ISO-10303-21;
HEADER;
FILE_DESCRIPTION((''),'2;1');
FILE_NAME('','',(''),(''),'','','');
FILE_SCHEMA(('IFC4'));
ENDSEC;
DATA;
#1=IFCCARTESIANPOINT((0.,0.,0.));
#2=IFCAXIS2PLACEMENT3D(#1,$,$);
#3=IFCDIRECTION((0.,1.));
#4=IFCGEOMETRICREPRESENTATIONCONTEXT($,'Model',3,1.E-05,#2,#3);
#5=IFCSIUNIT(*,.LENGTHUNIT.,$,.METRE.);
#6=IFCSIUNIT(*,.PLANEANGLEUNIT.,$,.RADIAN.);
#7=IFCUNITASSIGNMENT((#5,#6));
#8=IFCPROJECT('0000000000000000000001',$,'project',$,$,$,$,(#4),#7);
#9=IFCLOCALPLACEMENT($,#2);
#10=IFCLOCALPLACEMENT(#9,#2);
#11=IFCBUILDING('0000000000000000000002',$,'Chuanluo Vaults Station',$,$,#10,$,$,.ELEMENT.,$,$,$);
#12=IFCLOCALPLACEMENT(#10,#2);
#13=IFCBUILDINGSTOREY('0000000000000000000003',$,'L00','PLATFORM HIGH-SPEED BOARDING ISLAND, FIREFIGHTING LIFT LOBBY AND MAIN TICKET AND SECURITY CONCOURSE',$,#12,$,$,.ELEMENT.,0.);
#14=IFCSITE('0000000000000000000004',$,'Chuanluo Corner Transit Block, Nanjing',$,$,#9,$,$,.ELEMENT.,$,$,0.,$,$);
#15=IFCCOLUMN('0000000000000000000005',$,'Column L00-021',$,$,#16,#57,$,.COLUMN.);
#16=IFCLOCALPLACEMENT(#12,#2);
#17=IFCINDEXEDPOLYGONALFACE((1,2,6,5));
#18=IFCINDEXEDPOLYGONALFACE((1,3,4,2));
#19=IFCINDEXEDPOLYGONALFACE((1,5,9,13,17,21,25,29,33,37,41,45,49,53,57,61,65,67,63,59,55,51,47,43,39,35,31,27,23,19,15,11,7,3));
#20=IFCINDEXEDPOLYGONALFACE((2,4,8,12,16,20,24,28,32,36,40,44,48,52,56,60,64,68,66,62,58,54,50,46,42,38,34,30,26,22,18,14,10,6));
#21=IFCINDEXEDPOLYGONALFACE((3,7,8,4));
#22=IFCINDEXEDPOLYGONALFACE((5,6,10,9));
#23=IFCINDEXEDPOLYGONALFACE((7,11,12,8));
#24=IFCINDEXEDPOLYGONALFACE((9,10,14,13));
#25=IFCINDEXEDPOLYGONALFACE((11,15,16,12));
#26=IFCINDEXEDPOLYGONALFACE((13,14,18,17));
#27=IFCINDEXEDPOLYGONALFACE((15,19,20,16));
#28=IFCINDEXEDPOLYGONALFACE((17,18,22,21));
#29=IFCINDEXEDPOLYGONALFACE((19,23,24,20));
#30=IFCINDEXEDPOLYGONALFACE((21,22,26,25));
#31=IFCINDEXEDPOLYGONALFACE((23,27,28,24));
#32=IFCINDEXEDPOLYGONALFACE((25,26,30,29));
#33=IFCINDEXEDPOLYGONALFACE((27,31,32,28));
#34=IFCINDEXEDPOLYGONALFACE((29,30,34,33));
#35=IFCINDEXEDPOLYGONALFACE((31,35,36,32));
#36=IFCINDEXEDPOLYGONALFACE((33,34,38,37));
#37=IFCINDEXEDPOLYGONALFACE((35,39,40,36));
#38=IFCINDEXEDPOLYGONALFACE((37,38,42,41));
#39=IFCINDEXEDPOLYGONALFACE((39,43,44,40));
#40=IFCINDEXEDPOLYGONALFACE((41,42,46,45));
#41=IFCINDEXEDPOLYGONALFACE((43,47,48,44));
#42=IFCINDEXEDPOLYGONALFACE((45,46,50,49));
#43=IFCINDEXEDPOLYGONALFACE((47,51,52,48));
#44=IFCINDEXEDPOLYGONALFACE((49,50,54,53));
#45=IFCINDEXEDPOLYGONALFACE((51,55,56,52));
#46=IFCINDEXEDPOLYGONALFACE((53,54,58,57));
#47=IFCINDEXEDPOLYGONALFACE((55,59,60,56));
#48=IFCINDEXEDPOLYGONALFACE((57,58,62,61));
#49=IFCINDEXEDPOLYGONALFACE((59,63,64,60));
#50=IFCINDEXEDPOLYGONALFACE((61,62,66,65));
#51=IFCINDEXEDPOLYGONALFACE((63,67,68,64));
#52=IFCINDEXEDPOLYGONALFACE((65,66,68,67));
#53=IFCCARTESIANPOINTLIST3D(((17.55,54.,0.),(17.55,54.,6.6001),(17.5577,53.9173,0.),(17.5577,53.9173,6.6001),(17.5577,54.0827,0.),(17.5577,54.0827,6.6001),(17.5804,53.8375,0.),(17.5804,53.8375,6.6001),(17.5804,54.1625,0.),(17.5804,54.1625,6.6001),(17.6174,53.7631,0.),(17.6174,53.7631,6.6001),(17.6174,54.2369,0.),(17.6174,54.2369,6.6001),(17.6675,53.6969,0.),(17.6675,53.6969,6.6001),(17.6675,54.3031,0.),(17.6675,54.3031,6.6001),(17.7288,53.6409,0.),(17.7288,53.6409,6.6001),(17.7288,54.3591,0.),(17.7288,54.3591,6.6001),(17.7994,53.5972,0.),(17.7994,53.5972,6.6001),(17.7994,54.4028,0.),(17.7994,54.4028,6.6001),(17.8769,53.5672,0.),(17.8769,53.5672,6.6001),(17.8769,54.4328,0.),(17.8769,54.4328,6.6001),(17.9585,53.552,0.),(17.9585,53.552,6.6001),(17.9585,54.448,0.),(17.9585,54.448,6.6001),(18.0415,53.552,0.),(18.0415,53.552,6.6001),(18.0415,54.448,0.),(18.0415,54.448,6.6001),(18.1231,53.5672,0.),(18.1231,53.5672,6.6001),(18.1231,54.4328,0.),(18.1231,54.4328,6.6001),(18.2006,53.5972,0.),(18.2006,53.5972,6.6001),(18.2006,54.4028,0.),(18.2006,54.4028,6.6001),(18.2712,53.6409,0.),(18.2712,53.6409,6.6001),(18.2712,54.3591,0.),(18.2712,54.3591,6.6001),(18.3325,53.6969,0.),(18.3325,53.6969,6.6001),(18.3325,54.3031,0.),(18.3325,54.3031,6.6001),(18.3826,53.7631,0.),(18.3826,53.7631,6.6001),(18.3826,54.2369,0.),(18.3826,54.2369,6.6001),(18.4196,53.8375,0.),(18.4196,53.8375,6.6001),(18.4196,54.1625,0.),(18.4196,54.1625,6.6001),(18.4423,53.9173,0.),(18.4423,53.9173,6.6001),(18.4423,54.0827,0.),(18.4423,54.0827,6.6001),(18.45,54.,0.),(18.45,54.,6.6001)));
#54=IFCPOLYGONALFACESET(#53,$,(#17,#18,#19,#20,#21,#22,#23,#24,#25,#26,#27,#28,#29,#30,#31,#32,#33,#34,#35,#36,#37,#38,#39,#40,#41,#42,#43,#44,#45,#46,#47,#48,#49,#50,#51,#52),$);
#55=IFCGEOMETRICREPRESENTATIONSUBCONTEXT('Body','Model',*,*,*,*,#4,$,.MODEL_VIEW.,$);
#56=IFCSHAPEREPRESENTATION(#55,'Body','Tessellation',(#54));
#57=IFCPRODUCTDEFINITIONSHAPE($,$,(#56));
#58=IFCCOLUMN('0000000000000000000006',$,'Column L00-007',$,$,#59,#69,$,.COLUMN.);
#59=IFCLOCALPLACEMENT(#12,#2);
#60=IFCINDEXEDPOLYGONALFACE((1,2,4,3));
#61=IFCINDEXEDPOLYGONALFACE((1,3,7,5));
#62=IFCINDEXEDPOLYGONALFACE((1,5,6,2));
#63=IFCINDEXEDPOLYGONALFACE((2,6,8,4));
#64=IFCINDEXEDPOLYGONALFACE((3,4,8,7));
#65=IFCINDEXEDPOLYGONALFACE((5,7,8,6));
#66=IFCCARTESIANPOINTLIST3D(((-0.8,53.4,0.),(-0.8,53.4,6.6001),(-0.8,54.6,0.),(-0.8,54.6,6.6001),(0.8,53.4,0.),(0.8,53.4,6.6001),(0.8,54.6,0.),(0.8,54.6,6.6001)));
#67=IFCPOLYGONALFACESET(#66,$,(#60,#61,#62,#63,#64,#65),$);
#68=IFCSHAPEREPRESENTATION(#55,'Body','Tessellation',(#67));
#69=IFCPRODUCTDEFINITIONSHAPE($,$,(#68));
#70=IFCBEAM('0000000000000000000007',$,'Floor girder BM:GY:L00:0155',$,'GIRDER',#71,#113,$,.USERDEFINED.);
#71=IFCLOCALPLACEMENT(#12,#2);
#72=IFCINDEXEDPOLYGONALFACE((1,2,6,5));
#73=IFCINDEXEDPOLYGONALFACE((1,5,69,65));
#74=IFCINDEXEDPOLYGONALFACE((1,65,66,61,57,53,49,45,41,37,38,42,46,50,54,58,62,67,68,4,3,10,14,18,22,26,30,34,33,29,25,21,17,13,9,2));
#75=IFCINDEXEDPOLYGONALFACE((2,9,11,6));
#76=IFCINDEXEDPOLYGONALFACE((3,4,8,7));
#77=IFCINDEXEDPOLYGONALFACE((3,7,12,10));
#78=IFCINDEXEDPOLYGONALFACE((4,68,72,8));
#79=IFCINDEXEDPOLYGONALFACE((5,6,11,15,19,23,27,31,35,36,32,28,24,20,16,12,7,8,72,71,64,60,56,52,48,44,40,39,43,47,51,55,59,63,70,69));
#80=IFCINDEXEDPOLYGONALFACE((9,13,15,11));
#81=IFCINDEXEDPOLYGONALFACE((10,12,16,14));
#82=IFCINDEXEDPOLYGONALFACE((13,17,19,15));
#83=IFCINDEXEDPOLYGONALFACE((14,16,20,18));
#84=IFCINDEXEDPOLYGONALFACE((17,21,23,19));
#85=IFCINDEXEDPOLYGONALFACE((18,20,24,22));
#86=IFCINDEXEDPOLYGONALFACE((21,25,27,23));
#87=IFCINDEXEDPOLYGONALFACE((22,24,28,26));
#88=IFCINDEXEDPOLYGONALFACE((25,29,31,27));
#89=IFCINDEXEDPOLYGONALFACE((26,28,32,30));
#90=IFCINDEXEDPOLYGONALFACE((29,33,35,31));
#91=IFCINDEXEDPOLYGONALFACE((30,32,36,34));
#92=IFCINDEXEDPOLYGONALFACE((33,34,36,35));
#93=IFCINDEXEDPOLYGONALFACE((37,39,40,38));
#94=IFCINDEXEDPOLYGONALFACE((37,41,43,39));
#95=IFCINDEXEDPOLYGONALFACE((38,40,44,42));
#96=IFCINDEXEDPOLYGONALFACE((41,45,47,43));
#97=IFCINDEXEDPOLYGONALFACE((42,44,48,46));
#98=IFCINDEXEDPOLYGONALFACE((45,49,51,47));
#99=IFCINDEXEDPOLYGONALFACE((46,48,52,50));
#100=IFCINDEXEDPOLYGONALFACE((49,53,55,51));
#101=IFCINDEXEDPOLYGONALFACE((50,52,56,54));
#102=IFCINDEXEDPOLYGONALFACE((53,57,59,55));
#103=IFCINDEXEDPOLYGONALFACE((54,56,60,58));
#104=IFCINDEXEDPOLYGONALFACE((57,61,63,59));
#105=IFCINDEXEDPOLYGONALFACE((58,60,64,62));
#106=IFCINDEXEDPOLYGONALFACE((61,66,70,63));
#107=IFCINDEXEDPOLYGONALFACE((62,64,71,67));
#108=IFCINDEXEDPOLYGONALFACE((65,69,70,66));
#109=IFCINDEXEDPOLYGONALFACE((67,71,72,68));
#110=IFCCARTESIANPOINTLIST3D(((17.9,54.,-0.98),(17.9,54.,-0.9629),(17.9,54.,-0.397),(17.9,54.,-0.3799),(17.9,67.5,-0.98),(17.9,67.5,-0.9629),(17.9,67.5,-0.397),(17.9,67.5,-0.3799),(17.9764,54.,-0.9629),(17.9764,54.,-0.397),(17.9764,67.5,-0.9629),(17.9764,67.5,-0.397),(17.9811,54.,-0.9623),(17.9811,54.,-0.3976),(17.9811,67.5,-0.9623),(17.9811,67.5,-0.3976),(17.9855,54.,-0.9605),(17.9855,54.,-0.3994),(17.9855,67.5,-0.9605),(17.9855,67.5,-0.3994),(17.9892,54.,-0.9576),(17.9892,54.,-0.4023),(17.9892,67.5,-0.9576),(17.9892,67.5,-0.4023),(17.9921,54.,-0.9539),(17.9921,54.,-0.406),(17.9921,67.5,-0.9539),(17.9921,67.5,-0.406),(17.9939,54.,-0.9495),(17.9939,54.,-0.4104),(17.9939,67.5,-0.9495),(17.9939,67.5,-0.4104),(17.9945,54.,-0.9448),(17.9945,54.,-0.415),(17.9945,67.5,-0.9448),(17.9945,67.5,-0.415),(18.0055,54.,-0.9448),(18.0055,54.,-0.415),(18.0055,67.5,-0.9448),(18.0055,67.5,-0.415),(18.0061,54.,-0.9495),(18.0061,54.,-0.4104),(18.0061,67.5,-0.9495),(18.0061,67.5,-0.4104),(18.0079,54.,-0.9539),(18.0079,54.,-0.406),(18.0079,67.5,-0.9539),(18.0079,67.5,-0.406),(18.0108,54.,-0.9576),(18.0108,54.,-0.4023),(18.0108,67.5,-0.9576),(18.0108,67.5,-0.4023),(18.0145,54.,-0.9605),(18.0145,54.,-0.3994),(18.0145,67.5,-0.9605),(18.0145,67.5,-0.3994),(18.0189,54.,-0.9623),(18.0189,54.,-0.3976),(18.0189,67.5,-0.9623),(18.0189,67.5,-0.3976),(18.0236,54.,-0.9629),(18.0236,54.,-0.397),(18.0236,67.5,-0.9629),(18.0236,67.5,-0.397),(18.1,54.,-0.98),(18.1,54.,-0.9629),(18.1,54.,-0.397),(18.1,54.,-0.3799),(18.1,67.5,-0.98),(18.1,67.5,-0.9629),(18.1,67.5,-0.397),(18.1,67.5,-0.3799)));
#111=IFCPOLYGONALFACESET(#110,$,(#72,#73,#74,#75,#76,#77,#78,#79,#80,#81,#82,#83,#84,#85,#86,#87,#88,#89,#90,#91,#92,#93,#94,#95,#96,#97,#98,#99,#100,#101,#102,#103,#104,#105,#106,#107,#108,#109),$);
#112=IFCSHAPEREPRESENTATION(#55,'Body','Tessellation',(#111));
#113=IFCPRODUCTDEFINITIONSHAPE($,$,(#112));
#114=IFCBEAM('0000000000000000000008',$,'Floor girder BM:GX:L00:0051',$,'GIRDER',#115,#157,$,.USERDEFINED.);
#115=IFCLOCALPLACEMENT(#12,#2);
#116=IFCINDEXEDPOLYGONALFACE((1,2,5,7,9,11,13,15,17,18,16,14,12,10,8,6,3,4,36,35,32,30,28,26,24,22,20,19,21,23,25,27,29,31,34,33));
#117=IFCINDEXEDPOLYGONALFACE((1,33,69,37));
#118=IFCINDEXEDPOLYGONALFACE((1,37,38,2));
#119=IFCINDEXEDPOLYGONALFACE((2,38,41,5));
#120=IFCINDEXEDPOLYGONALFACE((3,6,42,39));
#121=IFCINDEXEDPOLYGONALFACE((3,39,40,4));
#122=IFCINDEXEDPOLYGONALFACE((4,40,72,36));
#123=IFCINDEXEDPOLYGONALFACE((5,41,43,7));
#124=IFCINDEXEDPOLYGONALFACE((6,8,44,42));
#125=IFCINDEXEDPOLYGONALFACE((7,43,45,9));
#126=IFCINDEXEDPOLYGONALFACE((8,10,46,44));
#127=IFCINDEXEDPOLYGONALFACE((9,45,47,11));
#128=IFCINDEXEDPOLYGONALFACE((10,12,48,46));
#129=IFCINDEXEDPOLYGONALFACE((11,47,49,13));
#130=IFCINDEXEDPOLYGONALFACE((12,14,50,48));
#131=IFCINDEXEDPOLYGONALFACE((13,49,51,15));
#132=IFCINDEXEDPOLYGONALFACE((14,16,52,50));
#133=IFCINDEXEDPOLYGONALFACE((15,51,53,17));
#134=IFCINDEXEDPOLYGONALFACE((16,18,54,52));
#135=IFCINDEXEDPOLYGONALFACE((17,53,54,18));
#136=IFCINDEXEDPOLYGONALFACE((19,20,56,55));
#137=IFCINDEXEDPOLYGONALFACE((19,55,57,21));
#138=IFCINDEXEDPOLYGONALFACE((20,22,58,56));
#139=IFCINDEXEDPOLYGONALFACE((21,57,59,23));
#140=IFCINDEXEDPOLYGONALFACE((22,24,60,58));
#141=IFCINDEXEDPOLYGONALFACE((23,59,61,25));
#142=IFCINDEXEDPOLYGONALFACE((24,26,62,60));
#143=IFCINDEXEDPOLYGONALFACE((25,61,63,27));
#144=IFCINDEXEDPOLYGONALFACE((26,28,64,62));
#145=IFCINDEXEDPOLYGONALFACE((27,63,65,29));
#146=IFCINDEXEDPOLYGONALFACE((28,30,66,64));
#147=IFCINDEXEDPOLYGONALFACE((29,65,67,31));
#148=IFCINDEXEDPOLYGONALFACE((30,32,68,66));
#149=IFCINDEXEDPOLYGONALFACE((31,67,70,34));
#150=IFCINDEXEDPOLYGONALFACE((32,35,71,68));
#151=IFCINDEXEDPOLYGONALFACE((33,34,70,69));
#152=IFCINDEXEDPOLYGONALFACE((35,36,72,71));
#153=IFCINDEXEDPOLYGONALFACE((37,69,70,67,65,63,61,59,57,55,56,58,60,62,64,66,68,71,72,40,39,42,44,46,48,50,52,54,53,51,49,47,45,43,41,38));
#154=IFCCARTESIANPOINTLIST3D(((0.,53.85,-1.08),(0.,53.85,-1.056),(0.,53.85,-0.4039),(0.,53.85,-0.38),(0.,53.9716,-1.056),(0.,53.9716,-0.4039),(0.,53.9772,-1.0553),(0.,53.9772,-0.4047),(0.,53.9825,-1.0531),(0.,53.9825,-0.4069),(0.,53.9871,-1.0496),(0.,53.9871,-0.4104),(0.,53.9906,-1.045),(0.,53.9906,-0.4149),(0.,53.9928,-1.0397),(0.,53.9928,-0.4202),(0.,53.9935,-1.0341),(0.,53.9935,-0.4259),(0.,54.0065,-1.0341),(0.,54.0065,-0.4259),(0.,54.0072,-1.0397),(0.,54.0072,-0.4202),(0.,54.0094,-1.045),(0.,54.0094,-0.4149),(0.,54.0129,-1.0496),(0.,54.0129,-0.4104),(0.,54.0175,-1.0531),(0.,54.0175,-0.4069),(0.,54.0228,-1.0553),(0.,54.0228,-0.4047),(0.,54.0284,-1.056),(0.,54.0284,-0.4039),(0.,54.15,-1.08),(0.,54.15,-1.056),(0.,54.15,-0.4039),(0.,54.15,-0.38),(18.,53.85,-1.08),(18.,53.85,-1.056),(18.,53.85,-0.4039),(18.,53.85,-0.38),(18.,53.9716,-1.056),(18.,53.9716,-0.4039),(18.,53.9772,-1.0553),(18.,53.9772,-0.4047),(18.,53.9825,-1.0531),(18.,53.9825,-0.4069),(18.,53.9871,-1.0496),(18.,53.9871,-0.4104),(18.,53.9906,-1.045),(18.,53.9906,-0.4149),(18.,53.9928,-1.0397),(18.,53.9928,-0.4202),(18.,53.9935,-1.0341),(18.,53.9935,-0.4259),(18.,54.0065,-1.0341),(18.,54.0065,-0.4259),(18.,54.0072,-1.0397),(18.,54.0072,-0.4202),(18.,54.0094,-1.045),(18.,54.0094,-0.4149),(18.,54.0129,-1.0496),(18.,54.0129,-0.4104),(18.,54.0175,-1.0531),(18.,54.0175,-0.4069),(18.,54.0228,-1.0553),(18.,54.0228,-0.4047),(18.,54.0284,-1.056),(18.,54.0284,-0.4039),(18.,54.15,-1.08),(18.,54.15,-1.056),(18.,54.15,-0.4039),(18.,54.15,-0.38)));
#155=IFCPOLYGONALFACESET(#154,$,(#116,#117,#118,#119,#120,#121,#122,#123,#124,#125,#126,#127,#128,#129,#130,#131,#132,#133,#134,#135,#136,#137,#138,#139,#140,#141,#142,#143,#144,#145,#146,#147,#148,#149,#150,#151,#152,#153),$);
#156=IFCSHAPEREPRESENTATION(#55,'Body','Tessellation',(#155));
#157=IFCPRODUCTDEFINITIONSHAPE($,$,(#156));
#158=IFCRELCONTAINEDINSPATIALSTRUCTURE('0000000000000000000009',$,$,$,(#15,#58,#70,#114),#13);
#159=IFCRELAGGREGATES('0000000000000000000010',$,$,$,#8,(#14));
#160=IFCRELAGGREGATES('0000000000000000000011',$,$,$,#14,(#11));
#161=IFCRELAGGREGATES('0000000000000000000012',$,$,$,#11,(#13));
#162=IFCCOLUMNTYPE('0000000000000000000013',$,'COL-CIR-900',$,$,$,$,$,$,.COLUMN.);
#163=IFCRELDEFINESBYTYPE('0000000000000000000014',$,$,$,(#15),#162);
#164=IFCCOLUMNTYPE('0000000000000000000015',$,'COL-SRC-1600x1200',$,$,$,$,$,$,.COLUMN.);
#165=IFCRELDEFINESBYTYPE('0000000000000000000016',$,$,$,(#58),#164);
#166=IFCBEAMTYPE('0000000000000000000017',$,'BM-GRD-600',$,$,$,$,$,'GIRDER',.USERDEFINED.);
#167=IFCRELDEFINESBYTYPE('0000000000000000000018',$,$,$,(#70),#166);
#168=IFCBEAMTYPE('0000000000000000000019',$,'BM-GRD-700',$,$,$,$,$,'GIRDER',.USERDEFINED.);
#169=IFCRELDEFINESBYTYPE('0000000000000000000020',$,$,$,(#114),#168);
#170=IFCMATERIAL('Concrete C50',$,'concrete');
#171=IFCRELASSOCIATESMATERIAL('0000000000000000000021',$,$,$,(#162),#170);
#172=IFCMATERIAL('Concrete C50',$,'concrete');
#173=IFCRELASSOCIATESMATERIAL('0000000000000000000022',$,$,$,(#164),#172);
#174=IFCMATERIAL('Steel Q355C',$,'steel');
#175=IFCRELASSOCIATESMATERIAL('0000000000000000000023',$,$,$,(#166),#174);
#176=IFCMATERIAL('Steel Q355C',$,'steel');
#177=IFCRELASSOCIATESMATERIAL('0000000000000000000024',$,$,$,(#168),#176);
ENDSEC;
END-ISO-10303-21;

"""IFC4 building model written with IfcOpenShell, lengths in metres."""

from ifc_helpers import new_model, si_unit, direction, frame, origin, origin_2d, place, context, subcontext, project, spatial, rectangle, circle, i_section, extrude, material, material_profile, profile_set, type_object, element, save


model = new_model("IFC4")

# Units and contexts
model_context = context("Model", 3, precision=1e-05, world=origin(), true_north=direction((0.0, 1.0)))
body_context = subcontext(model_context, "Body", "Model", "MODEL_VIEW")
ifc_project = project(units=[si_unit("LENGTHUNIT", "METRE"), si_unit("PLANEANGLEUNIT", "RADIAN")], contexts=[model_context])

# Site, building, storey
site_placement = place(None, origin())
site = spatial("IfcSite", under=ifc_project, at=site_placement, Name="Chuanluo Corner Transit Block, Nanjing", CompositionType="ELEMENT", RefElevation=0.0)
building_placement = place(site_placement, origin())
building = spatial("IfcBuilding", under=site, at=building_placement, Name="Chuanluo Vaults Station", CompositionType="ELEMENT")
storey_placement = place(building_placement, origin())
storey = spatial("IfcBuildingStorey", under=building, at=storey_placement, Name="L00", Description="PLATFORM HIGH-SPEED BOARDING ISLAND, FIREFIGHTING LIFT LOBBY AND MAIN TICKET AND SECURITY CONCOURSE", CompositionType="ELEMENT", Elevation=0.0)

# Columns
ifc_material_1 = material(Name="Concrete C50", Category="concrete")
ifc_material_profile_1 = material_profile(ifc_material_1, circle(Radius=0.45, at=origin_2d()))
ifc_profile_set_1 = profile_set([ifc_material_profile_1], Name="Concrete C50")
column_type_1 = type_object("IfcColumnType", Name="COL-CIR-900", PredefinedType="COLUMN", material=ifc_profile_set_1)
column_1_placement = place(storey_placement, frame((18.0, 54.0, 0.0), z_axis=(0.0, 0.0, 1.0), x_axis=(1.0, 0.0, 0.0)))
element("IfcColumn", 1, at=column_1_placement, inside=storey, type_object=column_type_1, Name="Column L00-021", PredefinedType="COLUMN", context=body_context, shape_type="SweptSolid", body=[
    extrude(circle(Radius=0.45, at=origin_2d()), origin(), (0.0, 0.0, 1.0), 6.6001),
])
ifc_material_2 = material(Name="Concrete C50", Category="concrete")
ifc_material_profile_2 = material_profile(ifc_material_2, rectangle(XDim=1.6001, YDim=1.2, at=origin_2d()))
ifc_profile_set_2 = profile_set([ifc_material_profile_2], Name="Concrete C50")
column_type_2 = type_object("IfcColumnType", Name="COL-SRC-1600x1200", PredefinedType="COLUMN", material=ifc_profile_set_2)
column_2_placement = place(storey_placement, frame((0.0, 54.0, 0.0), z_axis=(0.0, 0.0, 1.0), x_axis=(1.0, 0.0, 0.0)))
element("IfcColumn", 2, at=column_2_placement, inside=storey, type_object=column_type_2, Name="Column L00-007", PredefinedType="COLUMN", context=body_context, shape_type="SweptSolid", body=[
    extrude(rectangle(XDim=1.6001, YDim=1.2, at=origin_2d()), origin(), (0.0, 0.0, 1.0), 6.6001),
])

# Beams
ifc_material_3 = material(Name="Steel Q355C", Category="steel")
ifc_material_profile_3 = material_profile(ifc_material_3, i_section(OverallWidth=0.2, OverallDepth=0.6001, WebThickness=0.011, FlangeThickness=0.0171, FilletRadius=0.0181, at=origin_2d()))
ifc_profile_set_3 = profile_set([ifc_material_profile_3], Name="Steel Q355C")
beam_type_1 = type_object("IfcBeamType", Name="BM-GRD-600", ElementType="GIRDER", PredefinedType="USERDEFINED", material=ifc_profile_set_3)
beam_1_placement = place(storey_placement, frame((18.0, 54.0, -0.6799), z_axis=(0.0, 1.0, 0.0), x_axis=(-1.0, 0.0, 0.0)))
element("IfcBeam", 3, at=beam_1_placement, inside=storey, type_object=beam_type_1, Name="Floor girder BM:GY:L00:0155", ObjectType="GIRDER", PredefinedType="USERDEFINED", context=body_context, shape_type="SweptSolid", body=[
    extrude(i_section(OverallWidth=0.2, OverallDepth=0.6001, WebThickness=0.011, FlangeThickness=0.0171, FilletRadius=0.0181, at=origin_2d()), origin(), (0.0, 0.0, 1.0), 13.5),
])
ifc_material_4 = material(Name="Steel Q355C", Category="steel")
ifc_material_profile_4 = material_profile(ifc_material_4, i_section(OverallWidth=0.3, OverallDepth=0.7, WebThickness=0.0129, FlangeThickness=0.0239, FilletRadius=0.022, at=origin_2d()))
ifc_profile_set_4 = profile_set([ifc_material_profile_4], Name="Steel Q355C")
beam_type_2 = type_object("IfcBeamType", Name="BM-GRD-700", ElementType="GIRDER", PredefinedType="USERDEFINED", material=ifc_profile_set_4)
for number, where, z_axis, x_axis, name in (
    (4, (0.0, 54.0, -0.73), (1.0, 0.0, 0.0), (0.0, 1.0, 0.0), "Floor girder BM:GX:L00:0051"),
):
    element("IfcBeam", number, at=place(storey_placement, frame(where, z_axis=z_axis, x_axis=x_axis)), inside=storey, type_object=beam_type_2, Name=name, ObjectType="GIRDER", PredefinedType="USERDEFINED", context=body_context, shape_type="SweptSolid", body=[
        extrude(i_section(OverallWidth=0.3, OverallDepth=0.7, WebThickness=0.0129, FlangeThickness=0.0239, FilletRadius=0.022, at=origin_2d()), origin(), (0.0, 0.0, 1.0), 18.0),
    ])

save(model, "model.ifc")
